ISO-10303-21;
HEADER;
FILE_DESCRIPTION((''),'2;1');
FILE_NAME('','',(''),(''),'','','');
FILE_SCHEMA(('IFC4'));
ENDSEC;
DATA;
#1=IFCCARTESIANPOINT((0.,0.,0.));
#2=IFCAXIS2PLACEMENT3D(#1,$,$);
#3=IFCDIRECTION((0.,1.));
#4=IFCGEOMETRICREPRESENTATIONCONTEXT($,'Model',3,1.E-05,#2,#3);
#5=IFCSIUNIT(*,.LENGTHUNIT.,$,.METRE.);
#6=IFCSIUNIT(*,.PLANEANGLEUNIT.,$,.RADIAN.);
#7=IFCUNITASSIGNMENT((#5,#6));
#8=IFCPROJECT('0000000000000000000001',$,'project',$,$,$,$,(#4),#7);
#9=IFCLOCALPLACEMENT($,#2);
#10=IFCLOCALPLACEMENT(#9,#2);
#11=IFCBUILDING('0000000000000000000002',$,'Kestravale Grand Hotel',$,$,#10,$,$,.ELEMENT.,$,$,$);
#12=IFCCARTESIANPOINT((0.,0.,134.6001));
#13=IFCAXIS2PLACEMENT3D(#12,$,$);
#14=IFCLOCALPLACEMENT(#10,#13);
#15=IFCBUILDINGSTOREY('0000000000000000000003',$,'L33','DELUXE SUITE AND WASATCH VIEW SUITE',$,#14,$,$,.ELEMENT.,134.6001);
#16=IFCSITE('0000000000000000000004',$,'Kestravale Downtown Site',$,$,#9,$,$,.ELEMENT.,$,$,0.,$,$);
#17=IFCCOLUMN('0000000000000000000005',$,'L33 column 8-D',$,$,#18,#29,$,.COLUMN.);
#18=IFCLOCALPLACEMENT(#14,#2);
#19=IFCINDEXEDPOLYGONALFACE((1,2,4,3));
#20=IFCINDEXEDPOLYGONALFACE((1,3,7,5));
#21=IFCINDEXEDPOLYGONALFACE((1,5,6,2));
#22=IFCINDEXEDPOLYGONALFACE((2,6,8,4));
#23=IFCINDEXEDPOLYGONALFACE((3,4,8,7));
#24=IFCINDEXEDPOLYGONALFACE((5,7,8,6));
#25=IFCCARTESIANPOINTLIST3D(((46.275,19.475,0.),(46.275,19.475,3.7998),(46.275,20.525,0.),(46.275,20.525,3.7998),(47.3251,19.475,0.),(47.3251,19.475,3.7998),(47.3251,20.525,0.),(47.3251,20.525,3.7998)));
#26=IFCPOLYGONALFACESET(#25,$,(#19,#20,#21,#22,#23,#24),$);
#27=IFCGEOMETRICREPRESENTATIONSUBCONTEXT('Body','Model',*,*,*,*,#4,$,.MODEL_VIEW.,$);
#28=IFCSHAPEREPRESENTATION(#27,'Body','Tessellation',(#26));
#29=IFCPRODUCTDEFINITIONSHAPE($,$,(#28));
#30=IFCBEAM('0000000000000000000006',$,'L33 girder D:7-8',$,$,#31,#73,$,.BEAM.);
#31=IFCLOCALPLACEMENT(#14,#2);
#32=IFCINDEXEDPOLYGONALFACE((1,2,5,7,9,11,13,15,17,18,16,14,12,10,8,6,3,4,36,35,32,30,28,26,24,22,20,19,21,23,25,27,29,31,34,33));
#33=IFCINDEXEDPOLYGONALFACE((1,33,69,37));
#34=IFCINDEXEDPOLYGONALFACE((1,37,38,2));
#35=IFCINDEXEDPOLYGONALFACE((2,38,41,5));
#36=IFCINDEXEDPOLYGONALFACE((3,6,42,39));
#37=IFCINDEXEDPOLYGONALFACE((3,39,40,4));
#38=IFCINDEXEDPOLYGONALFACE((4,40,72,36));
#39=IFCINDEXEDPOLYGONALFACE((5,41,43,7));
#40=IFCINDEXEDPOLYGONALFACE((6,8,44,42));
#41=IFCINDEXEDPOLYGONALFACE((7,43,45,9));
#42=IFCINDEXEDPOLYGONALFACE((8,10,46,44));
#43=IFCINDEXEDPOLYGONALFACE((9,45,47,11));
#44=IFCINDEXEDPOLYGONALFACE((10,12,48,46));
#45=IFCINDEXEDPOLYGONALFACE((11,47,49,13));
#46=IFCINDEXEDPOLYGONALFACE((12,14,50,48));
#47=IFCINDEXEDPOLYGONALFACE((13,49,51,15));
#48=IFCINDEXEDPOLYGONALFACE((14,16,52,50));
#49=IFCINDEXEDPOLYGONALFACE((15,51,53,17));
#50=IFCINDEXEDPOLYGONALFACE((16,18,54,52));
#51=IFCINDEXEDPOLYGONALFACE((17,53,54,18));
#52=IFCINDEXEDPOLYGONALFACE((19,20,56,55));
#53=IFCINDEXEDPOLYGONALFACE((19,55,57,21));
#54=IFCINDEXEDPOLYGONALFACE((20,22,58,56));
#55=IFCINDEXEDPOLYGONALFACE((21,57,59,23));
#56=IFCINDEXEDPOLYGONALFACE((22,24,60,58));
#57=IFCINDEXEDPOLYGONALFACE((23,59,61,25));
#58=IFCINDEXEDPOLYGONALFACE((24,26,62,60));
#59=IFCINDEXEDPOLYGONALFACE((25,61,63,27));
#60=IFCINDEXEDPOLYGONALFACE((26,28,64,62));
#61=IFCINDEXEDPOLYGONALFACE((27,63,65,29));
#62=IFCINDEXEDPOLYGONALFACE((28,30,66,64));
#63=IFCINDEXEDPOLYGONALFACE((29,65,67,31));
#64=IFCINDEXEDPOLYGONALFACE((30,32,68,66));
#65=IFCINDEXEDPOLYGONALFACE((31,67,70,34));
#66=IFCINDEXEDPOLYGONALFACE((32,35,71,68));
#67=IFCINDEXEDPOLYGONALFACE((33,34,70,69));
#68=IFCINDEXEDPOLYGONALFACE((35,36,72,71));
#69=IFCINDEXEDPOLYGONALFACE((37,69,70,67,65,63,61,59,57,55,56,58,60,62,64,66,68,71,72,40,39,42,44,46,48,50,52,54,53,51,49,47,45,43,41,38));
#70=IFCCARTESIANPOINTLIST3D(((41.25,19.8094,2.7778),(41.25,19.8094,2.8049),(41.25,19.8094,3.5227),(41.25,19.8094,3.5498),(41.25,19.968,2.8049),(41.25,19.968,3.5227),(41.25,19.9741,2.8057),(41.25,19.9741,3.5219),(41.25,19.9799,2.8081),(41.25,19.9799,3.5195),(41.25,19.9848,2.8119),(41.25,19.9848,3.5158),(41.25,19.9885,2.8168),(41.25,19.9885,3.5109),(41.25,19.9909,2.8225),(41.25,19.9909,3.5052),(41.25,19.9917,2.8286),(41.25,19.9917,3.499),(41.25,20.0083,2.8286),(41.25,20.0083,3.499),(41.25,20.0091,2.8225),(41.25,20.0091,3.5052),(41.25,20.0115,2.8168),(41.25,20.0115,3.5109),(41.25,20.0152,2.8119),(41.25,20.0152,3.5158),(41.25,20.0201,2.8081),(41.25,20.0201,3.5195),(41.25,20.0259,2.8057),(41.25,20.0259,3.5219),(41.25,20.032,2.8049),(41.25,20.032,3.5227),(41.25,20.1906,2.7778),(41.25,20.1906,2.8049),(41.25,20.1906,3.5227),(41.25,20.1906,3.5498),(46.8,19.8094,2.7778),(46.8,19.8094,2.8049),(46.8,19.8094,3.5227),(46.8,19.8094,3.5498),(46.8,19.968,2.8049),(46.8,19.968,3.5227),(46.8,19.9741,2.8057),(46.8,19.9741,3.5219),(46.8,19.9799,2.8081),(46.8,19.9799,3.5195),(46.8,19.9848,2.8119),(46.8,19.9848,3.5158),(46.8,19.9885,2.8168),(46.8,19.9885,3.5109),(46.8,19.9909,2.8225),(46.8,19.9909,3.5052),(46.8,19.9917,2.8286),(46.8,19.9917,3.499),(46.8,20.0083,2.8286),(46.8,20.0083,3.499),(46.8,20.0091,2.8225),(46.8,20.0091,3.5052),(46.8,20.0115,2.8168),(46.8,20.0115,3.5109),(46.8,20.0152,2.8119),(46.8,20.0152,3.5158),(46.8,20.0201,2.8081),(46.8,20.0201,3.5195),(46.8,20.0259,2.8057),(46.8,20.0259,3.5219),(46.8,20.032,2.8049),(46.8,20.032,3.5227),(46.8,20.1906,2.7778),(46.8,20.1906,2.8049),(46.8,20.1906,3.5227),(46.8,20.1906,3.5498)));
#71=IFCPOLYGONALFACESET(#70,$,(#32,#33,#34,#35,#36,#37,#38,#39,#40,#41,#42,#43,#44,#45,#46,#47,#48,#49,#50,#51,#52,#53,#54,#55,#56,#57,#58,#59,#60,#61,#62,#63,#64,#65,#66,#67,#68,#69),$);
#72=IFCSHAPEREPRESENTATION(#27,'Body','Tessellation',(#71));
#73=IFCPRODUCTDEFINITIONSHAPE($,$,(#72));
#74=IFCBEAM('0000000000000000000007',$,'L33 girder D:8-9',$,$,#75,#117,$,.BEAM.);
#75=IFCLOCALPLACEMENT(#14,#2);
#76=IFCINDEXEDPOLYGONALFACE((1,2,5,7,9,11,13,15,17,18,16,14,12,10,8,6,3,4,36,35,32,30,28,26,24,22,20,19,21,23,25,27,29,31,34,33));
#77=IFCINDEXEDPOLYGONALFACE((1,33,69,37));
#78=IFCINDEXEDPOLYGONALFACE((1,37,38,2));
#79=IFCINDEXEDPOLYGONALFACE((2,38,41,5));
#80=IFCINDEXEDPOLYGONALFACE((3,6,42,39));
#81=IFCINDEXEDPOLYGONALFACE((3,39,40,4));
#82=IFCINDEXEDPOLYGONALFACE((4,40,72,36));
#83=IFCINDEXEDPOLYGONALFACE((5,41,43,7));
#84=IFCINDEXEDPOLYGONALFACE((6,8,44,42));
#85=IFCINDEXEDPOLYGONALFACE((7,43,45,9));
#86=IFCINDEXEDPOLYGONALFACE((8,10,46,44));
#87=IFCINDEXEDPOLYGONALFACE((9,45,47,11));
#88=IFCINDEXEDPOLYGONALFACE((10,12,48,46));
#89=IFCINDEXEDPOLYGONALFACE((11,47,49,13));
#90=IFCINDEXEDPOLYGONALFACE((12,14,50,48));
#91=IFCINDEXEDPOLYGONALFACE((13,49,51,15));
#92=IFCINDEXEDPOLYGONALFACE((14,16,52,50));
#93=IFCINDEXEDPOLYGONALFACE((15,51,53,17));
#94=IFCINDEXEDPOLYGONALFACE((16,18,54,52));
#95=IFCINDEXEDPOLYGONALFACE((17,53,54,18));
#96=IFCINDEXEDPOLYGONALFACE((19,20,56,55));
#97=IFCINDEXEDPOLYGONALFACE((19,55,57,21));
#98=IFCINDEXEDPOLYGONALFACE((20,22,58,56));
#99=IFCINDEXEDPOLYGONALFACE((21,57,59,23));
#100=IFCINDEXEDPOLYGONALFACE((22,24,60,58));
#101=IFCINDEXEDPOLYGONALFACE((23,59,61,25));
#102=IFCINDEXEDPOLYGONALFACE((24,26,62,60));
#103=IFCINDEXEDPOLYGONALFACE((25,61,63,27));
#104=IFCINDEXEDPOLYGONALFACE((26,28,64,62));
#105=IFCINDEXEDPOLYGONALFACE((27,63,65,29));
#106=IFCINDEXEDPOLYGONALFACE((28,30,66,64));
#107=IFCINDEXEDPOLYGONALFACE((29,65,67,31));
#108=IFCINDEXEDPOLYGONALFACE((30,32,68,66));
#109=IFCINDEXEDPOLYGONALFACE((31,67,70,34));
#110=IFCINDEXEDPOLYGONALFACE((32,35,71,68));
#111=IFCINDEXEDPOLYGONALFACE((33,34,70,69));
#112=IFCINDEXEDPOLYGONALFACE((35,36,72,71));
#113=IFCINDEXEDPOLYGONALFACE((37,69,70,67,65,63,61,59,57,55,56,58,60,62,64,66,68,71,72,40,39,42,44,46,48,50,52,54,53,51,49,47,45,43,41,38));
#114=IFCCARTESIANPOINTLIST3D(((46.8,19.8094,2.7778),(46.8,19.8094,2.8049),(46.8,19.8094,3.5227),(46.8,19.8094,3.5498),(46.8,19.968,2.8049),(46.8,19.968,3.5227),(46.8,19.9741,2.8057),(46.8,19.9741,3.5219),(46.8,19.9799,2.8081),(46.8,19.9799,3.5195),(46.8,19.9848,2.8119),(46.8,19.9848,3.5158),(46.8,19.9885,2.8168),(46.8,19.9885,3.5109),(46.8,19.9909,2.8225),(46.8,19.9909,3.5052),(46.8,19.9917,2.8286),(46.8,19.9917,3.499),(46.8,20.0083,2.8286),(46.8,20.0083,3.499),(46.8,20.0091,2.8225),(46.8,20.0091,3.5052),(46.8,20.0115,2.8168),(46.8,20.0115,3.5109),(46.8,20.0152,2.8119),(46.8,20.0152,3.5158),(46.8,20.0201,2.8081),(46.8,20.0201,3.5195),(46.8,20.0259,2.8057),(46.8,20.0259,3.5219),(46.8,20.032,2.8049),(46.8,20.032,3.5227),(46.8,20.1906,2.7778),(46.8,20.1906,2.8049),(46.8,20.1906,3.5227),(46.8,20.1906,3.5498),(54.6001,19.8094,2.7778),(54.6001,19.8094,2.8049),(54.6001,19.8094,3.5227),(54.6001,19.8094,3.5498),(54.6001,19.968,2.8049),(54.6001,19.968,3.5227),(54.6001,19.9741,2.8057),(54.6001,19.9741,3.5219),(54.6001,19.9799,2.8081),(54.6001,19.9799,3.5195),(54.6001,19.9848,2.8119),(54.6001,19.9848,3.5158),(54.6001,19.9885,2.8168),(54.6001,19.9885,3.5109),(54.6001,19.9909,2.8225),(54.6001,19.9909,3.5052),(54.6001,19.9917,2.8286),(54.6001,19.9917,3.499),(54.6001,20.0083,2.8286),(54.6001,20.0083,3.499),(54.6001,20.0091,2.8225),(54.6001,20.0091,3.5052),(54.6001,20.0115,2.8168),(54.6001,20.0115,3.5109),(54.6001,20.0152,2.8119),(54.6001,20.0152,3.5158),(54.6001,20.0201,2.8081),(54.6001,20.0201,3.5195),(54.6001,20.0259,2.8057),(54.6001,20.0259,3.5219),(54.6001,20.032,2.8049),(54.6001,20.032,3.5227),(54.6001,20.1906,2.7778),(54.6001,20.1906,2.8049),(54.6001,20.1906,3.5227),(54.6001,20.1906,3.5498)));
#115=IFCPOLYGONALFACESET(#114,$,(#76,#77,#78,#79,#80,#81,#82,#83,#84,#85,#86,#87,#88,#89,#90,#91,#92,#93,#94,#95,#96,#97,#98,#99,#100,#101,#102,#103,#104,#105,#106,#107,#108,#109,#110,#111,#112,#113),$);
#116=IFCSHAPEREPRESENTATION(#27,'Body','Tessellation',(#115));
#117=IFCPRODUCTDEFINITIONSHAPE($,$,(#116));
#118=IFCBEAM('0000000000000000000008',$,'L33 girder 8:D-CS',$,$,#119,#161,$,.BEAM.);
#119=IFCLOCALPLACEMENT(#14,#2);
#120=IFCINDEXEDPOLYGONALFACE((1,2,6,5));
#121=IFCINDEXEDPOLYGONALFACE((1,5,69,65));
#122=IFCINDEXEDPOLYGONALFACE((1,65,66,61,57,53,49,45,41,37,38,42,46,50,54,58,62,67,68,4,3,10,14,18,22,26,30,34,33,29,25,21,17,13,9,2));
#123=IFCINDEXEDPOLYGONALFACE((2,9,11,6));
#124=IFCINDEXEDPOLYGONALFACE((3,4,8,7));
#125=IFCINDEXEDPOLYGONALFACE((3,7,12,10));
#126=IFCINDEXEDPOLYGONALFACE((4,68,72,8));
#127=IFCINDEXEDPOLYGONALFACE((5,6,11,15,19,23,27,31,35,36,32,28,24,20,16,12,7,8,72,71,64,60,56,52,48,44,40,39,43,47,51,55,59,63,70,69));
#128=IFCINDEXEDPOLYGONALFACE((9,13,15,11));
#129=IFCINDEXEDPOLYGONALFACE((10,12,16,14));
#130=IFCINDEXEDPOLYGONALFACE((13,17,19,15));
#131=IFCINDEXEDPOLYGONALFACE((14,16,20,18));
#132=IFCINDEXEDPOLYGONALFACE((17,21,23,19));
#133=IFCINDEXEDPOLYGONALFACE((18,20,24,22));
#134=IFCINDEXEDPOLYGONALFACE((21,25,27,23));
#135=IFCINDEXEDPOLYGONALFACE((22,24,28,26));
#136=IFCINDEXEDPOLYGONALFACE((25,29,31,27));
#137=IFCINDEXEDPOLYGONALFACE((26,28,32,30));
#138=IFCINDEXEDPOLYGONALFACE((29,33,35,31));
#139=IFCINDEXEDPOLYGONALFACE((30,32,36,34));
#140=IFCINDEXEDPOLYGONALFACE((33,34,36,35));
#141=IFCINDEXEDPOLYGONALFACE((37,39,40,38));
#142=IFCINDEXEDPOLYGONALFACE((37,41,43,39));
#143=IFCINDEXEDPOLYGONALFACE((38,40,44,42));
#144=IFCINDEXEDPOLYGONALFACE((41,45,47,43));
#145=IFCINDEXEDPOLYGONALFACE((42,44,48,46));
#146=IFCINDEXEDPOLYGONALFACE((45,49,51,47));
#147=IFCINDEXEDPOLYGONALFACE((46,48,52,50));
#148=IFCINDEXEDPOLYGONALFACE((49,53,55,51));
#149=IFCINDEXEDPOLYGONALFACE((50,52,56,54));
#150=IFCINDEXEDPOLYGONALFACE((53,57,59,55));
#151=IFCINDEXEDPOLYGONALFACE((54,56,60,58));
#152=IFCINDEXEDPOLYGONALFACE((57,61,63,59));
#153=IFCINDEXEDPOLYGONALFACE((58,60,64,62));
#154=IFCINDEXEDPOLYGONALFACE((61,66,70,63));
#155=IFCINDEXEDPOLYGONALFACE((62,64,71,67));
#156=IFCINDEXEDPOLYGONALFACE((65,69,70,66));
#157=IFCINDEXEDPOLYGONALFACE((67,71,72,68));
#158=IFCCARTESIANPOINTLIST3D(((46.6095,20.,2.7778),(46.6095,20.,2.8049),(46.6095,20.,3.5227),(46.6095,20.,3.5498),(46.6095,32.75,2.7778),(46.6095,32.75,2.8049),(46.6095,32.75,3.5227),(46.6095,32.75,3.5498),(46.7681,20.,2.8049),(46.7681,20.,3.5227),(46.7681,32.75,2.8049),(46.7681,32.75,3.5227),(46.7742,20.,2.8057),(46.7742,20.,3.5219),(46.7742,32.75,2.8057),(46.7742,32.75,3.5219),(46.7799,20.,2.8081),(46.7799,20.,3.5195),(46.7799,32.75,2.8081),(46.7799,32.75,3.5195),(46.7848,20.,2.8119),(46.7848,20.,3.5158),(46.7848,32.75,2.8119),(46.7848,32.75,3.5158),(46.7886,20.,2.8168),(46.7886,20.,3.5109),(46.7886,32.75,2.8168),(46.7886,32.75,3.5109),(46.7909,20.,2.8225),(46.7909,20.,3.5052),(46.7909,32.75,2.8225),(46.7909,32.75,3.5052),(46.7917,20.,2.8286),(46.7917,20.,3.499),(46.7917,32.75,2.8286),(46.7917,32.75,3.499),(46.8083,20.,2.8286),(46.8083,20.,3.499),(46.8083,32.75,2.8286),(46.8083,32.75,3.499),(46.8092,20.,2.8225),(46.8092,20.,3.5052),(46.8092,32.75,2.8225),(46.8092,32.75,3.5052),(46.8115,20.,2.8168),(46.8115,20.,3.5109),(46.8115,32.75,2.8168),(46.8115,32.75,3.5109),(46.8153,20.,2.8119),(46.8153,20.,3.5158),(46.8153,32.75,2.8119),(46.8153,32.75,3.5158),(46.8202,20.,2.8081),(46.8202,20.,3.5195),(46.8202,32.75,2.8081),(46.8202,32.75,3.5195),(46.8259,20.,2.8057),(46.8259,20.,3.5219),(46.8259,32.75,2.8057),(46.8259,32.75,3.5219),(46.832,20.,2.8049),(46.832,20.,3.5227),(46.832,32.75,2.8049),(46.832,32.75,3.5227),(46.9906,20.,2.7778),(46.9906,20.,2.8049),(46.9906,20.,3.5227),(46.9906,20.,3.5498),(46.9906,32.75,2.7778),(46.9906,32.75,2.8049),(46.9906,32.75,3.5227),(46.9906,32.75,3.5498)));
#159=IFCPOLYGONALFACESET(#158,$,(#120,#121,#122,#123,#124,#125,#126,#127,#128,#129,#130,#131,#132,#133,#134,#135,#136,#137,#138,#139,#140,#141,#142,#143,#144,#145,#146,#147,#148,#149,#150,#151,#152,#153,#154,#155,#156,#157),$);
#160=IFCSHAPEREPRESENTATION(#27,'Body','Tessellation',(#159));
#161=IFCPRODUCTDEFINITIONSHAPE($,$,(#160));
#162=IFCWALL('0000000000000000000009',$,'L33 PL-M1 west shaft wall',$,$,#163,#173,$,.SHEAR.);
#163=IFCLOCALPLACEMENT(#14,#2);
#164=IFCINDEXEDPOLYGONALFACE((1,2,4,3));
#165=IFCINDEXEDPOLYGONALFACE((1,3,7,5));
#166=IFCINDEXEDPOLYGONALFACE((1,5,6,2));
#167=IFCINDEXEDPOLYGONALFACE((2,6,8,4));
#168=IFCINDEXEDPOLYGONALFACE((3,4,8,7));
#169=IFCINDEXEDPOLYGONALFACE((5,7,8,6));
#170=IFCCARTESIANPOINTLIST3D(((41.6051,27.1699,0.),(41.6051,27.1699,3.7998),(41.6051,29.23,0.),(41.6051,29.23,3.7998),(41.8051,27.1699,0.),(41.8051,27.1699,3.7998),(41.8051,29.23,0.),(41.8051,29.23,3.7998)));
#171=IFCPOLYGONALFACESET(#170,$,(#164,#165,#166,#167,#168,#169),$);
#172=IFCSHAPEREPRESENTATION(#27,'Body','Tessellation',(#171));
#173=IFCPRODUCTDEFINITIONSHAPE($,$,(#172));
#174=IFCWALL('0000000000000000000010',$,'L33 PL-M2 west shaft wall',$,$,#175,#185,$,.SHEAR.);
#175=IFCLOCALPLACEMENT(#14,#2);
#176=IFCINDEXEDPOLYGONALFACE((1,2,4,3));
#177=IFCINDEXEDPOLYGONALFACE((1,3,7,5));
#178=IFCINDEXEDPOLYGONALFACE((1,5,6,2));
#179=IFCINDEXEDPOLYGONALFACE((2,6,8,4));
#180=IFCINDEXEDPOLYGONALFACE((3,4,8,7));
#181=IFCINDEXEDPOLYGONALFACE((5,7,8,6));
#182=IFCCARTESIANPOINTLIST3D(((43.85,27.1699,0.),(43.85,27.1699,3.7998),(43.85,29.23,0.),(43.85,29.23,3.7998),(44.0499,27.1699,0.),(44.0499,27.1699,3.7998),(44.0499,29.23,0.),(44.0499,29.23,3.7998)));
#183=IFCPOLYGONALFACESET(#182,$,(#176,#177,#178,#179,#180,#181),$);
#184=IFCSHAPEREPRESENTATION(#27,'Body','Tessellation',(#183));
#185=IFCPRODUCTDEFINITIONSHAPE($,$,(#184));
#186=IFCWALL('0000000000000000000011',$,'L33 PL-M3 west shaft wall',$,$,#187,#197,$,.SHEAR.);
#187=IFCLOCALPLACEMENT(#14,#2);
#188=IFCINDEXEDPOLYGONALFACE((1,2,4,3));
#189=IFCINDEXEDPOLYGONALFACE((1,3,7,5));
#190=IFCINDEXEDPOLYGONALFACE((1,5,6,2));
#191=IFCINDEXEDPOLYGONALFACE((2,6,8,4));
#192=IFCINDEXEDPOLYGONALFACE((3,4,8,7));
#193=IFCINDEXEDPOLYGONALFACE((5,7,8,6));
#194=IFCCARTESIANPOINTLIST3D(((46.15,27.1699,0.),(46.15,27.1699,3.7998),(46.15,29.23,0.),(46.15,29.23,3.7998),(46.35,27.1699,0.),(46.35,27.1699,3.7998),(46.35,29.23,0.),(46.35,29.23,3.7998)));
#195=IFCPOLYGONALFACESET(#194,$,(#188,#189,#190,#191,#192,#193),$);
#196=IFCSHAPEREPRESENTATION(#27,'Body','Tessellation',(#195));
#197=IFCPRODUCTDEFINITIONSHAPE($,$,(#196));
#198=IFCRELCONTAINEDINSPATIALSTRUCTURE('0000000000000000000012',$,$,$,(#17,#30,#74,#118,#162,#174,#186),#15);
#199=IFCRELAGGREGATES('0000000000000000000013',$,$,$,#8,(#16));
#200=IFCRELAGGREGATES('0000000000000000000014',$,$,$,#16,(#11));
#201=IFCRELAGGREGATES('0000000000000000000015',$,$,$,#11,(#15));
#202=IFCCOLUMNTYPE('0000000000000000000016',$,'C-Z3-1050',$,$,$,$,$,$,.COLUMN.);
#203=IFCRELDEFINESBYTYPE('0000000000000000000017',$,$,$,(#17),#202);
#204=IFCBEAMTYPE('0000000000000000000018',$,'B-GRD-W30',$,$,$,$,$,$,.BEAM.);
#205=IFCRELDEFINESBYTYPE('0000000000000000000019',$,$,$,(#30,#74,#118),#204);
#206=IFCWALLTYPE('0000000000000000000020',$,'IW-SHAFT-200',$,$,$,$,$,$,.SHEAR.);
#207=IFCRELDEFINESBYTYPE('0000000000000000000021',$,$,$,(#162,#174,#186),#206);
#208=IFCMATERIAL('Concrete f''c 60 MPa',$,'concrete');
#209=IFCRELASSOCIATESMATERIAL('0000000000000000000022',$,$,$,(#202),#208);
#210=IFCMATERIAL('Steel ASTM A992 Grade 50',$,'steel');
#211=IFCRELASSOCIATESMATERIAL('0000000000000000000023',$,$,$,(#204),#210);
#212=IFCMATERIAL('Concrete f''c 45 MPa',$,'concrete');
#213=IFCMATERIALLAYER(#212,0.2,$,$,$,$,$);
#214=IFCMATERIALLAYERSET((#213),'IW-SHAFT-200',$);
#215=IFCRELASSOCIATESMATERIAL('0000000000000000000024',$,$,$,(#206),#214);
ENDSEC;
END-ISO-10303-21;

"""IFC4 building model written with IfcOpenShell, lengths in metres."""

from ifc_helpers import new_model, si_unit, direction, frame, frame_2d, origin, origin_2d, place, context, subcontext, project, spatial, rectangle, i_section, extrude, material, layer, layer_set, material_profile, profile_set, type_object, element, save


model = new_model("IFC4")

# Units and contexts
model_context = context("Model", 3, precision=1e-05, world=origin(), true_north=direction((0.0, 1.0)))
body_context = subcontext(model_context, "Body", "Model", "MODEL_VIEW")
ifc_project = project(units=[si_unit("LENGTHUNIT", "METRE"), si_unit("PLANEANGLEUNIT", "RADIAN")], contexts=[model_context])

# Site, building, storey
site_placement = place(None, origin())
site = spatial("IfcSite", under=ifc_project, at=site_placement, Name="Kestravale Downtown Site", CompositionType="ELEMENT", RefElevation=0.0)
building_placement = place(site_placement, origin())
building = spatial("IfcBuilding", under=site, at=building_placement, Name="Kestravale Grand Hotel", CompositionType="ELEMENT")
storey_placement = place(building_placement, frame((0.0, 0.0, 134.6001)))
storey = spatial("IfcBuildingStorey", under=building, at=storey_placement, Name="L33", Description="DELUXE SUITE AND WASATCH VIEW SUITE", CompositionType="ELEMENT", Elevation=134.6001)

# Column
ifc_material_1 = material(Name="Concrete f'c 60 MPa", Category="concrete")
ifc_material_profile_1 = material_profile(ifc_material_1, rectangle(XDim=1.05, YDim=1.05, at=origin_2d()))
ifc_profile_set_1 = profile_set([ifc_material_profile_1], Name="Concrete f'c 60 MPa")
column_type = type_object("IfcColumnType", Name="C-Z3-1050", PredefinedType="COLUMN", material=ifc_profile_set_1)
column_placement = place(storey_placement, frame((46.8, 20.0, 0.0), z_axis=(0.0, 0.0, 1.0), x_axis=(1.0, 0.0, 0.0)))
element("IfcColumn", 1, at=column_placement, inside=storey, type_object=column_type, Name="L33 column 8-D", PredefinedType="COLUMN", context=body_context, shape_type="SweptSolid", body=[
    extrude(rectangle(XDim=1.05, YDim=1.05, at=origin_2d()), origin(), (0.0, 0.0, 1.0), 3.7998),
])

# Beams
ifc_material_2 = material(Name="Steel ASTM A992 Grade 50", Category="steel")
ifc_material_profile_2 = material_profile(ifc_material_2, i_section(OverallWidth=0.3811, OverallDepth=0.772, WebThickness=0.0166, FlangeThickness=0.0271, FilletRadius=0.0237, at=origin_2d()))
ifc_profile_set_2 = profile_set([ifc_material_profile_2], Name="Steel ASTM A992 Grade 50")
beam_type = type_object("IfcBeamType", Name="B-GRD-W30", PredefinedType="BEAM", material=ifc_profile_set_2)
beam_1_placement = place(storey_placement, frame((41.25, 20.0, 3.1638), z_axis=(1.0, 0.0, 0.0), x_axis=(0.0, 1.0, 0.0)))
element("IfcBeam", 2, at=beam_1_placement, inside=storey, type_object=beam_type, Name="L33 girder D:7-8", PredefinedType="BEAM", context=body_context, shape_type="SweptSolid", body=[
    extrude(i_section(OverallWidth=0.3811, OverallDepth=0.772, WebThickness=0.0166, FlangeThickness=0.0271, FilletRadius=0.0237, at=origin_2d()), origin(), (0.0, 0.0, 1.0), 5.55),
])
beam_2_placement = place(storey_placement, frame((46.8, 20.0, 3.1638), z_axis=(1.0, 0.0, 0.0), x_axis=(0.0, 1.0, 0.0)))
element("IfcBeam", 3, at=beam_2_placement, inside=storey, type_object=beam_type, Name="L33 girder D:8-9", PredefinedType="BEAM", context=body_context, shape_type="SweptSolid", body=[
    extrude(i_section(OverallWidth=0.3811, OverallDepth=0.772, WebThickness=0.0166, FlangeThickness=0.0271, FilletRadius=0.0237, at=origin_2d()), origin(), (0.0, 0.0, 1.0), 7.8),
])
beam_3_placement = place(storey_placement, frame((46.8, 20.0, 3.1638), z_axis=(0.0, 1.0, 0.0), x_axis=(-1.0, 0.0, 0.0)))
element("IfcBeam", 4, at=beam_3_placement, inside=storey, type_object=beam_type, Name="L33 girder 8:D-CS", PredefinedType="BEAM", context=body_context, shape_type="SweptSolid", body=[
    extrude(i_section(OverallWidth=0.3811, OverallDepth=0.772, WebThickness=0.0166, FlangeThickness=0.0271, FilletRadius=0.0237, at=origin_2d()), origin(), (0.0, 0.0, 1.0), 12.75),
])

# Walls
ifc_material_3 = material(Name="Concrete f'c 45 MPa", Category="concrete")
ifc_layer_1 = layer(ifc_material_3, 0.2)
ifc_layer_set_1 = layer_set([ifc_layer_1], Name="IW-SHAFT-200")
wall_type_1 = type_object("IfcWallType", Name="IW-SHAFT-200", PredefinedType="SHEAR", material=ifc_layer_set_1)
for number, where, z_axis, x_axis, name in (
    (5, (41.7051, 27.1699, 0.0), (0.0, 0.0, 1.0), (0.0, 1.0, 0.0), "L33 PL-M1 west shaft wall"),
    (6, (43.95, 27.1699, 0.0), (0.0, 0.0, 1.0), (0.0, 1.0, 0.0), "L33 PL-M2 west shaft wall"),
    (7, (46.25, 27.1699, 0.0), (0.0, 0.0, 1.0), (0.0, 1.0, 0.0), "L33 PL-M3 west shaft wall"),
):
    element("IfcWall", number, at=place(storey_placement, frame(where, z_axis=z_axis, x_axis=x_axis)), inside=storey, type_object=wall_type_1, Name=name, PredefinedType="SHEAR", context=body_context, shape_type="SweptSolid", body=[
        extrude(rectangle(XDim=2.0601, YDim=0.2, at=frame_2d((1.03, 0.0))), origin(), (0.0, 0.0, 1.0), 3.7998),
    ])

save(model, "model.ifc")
